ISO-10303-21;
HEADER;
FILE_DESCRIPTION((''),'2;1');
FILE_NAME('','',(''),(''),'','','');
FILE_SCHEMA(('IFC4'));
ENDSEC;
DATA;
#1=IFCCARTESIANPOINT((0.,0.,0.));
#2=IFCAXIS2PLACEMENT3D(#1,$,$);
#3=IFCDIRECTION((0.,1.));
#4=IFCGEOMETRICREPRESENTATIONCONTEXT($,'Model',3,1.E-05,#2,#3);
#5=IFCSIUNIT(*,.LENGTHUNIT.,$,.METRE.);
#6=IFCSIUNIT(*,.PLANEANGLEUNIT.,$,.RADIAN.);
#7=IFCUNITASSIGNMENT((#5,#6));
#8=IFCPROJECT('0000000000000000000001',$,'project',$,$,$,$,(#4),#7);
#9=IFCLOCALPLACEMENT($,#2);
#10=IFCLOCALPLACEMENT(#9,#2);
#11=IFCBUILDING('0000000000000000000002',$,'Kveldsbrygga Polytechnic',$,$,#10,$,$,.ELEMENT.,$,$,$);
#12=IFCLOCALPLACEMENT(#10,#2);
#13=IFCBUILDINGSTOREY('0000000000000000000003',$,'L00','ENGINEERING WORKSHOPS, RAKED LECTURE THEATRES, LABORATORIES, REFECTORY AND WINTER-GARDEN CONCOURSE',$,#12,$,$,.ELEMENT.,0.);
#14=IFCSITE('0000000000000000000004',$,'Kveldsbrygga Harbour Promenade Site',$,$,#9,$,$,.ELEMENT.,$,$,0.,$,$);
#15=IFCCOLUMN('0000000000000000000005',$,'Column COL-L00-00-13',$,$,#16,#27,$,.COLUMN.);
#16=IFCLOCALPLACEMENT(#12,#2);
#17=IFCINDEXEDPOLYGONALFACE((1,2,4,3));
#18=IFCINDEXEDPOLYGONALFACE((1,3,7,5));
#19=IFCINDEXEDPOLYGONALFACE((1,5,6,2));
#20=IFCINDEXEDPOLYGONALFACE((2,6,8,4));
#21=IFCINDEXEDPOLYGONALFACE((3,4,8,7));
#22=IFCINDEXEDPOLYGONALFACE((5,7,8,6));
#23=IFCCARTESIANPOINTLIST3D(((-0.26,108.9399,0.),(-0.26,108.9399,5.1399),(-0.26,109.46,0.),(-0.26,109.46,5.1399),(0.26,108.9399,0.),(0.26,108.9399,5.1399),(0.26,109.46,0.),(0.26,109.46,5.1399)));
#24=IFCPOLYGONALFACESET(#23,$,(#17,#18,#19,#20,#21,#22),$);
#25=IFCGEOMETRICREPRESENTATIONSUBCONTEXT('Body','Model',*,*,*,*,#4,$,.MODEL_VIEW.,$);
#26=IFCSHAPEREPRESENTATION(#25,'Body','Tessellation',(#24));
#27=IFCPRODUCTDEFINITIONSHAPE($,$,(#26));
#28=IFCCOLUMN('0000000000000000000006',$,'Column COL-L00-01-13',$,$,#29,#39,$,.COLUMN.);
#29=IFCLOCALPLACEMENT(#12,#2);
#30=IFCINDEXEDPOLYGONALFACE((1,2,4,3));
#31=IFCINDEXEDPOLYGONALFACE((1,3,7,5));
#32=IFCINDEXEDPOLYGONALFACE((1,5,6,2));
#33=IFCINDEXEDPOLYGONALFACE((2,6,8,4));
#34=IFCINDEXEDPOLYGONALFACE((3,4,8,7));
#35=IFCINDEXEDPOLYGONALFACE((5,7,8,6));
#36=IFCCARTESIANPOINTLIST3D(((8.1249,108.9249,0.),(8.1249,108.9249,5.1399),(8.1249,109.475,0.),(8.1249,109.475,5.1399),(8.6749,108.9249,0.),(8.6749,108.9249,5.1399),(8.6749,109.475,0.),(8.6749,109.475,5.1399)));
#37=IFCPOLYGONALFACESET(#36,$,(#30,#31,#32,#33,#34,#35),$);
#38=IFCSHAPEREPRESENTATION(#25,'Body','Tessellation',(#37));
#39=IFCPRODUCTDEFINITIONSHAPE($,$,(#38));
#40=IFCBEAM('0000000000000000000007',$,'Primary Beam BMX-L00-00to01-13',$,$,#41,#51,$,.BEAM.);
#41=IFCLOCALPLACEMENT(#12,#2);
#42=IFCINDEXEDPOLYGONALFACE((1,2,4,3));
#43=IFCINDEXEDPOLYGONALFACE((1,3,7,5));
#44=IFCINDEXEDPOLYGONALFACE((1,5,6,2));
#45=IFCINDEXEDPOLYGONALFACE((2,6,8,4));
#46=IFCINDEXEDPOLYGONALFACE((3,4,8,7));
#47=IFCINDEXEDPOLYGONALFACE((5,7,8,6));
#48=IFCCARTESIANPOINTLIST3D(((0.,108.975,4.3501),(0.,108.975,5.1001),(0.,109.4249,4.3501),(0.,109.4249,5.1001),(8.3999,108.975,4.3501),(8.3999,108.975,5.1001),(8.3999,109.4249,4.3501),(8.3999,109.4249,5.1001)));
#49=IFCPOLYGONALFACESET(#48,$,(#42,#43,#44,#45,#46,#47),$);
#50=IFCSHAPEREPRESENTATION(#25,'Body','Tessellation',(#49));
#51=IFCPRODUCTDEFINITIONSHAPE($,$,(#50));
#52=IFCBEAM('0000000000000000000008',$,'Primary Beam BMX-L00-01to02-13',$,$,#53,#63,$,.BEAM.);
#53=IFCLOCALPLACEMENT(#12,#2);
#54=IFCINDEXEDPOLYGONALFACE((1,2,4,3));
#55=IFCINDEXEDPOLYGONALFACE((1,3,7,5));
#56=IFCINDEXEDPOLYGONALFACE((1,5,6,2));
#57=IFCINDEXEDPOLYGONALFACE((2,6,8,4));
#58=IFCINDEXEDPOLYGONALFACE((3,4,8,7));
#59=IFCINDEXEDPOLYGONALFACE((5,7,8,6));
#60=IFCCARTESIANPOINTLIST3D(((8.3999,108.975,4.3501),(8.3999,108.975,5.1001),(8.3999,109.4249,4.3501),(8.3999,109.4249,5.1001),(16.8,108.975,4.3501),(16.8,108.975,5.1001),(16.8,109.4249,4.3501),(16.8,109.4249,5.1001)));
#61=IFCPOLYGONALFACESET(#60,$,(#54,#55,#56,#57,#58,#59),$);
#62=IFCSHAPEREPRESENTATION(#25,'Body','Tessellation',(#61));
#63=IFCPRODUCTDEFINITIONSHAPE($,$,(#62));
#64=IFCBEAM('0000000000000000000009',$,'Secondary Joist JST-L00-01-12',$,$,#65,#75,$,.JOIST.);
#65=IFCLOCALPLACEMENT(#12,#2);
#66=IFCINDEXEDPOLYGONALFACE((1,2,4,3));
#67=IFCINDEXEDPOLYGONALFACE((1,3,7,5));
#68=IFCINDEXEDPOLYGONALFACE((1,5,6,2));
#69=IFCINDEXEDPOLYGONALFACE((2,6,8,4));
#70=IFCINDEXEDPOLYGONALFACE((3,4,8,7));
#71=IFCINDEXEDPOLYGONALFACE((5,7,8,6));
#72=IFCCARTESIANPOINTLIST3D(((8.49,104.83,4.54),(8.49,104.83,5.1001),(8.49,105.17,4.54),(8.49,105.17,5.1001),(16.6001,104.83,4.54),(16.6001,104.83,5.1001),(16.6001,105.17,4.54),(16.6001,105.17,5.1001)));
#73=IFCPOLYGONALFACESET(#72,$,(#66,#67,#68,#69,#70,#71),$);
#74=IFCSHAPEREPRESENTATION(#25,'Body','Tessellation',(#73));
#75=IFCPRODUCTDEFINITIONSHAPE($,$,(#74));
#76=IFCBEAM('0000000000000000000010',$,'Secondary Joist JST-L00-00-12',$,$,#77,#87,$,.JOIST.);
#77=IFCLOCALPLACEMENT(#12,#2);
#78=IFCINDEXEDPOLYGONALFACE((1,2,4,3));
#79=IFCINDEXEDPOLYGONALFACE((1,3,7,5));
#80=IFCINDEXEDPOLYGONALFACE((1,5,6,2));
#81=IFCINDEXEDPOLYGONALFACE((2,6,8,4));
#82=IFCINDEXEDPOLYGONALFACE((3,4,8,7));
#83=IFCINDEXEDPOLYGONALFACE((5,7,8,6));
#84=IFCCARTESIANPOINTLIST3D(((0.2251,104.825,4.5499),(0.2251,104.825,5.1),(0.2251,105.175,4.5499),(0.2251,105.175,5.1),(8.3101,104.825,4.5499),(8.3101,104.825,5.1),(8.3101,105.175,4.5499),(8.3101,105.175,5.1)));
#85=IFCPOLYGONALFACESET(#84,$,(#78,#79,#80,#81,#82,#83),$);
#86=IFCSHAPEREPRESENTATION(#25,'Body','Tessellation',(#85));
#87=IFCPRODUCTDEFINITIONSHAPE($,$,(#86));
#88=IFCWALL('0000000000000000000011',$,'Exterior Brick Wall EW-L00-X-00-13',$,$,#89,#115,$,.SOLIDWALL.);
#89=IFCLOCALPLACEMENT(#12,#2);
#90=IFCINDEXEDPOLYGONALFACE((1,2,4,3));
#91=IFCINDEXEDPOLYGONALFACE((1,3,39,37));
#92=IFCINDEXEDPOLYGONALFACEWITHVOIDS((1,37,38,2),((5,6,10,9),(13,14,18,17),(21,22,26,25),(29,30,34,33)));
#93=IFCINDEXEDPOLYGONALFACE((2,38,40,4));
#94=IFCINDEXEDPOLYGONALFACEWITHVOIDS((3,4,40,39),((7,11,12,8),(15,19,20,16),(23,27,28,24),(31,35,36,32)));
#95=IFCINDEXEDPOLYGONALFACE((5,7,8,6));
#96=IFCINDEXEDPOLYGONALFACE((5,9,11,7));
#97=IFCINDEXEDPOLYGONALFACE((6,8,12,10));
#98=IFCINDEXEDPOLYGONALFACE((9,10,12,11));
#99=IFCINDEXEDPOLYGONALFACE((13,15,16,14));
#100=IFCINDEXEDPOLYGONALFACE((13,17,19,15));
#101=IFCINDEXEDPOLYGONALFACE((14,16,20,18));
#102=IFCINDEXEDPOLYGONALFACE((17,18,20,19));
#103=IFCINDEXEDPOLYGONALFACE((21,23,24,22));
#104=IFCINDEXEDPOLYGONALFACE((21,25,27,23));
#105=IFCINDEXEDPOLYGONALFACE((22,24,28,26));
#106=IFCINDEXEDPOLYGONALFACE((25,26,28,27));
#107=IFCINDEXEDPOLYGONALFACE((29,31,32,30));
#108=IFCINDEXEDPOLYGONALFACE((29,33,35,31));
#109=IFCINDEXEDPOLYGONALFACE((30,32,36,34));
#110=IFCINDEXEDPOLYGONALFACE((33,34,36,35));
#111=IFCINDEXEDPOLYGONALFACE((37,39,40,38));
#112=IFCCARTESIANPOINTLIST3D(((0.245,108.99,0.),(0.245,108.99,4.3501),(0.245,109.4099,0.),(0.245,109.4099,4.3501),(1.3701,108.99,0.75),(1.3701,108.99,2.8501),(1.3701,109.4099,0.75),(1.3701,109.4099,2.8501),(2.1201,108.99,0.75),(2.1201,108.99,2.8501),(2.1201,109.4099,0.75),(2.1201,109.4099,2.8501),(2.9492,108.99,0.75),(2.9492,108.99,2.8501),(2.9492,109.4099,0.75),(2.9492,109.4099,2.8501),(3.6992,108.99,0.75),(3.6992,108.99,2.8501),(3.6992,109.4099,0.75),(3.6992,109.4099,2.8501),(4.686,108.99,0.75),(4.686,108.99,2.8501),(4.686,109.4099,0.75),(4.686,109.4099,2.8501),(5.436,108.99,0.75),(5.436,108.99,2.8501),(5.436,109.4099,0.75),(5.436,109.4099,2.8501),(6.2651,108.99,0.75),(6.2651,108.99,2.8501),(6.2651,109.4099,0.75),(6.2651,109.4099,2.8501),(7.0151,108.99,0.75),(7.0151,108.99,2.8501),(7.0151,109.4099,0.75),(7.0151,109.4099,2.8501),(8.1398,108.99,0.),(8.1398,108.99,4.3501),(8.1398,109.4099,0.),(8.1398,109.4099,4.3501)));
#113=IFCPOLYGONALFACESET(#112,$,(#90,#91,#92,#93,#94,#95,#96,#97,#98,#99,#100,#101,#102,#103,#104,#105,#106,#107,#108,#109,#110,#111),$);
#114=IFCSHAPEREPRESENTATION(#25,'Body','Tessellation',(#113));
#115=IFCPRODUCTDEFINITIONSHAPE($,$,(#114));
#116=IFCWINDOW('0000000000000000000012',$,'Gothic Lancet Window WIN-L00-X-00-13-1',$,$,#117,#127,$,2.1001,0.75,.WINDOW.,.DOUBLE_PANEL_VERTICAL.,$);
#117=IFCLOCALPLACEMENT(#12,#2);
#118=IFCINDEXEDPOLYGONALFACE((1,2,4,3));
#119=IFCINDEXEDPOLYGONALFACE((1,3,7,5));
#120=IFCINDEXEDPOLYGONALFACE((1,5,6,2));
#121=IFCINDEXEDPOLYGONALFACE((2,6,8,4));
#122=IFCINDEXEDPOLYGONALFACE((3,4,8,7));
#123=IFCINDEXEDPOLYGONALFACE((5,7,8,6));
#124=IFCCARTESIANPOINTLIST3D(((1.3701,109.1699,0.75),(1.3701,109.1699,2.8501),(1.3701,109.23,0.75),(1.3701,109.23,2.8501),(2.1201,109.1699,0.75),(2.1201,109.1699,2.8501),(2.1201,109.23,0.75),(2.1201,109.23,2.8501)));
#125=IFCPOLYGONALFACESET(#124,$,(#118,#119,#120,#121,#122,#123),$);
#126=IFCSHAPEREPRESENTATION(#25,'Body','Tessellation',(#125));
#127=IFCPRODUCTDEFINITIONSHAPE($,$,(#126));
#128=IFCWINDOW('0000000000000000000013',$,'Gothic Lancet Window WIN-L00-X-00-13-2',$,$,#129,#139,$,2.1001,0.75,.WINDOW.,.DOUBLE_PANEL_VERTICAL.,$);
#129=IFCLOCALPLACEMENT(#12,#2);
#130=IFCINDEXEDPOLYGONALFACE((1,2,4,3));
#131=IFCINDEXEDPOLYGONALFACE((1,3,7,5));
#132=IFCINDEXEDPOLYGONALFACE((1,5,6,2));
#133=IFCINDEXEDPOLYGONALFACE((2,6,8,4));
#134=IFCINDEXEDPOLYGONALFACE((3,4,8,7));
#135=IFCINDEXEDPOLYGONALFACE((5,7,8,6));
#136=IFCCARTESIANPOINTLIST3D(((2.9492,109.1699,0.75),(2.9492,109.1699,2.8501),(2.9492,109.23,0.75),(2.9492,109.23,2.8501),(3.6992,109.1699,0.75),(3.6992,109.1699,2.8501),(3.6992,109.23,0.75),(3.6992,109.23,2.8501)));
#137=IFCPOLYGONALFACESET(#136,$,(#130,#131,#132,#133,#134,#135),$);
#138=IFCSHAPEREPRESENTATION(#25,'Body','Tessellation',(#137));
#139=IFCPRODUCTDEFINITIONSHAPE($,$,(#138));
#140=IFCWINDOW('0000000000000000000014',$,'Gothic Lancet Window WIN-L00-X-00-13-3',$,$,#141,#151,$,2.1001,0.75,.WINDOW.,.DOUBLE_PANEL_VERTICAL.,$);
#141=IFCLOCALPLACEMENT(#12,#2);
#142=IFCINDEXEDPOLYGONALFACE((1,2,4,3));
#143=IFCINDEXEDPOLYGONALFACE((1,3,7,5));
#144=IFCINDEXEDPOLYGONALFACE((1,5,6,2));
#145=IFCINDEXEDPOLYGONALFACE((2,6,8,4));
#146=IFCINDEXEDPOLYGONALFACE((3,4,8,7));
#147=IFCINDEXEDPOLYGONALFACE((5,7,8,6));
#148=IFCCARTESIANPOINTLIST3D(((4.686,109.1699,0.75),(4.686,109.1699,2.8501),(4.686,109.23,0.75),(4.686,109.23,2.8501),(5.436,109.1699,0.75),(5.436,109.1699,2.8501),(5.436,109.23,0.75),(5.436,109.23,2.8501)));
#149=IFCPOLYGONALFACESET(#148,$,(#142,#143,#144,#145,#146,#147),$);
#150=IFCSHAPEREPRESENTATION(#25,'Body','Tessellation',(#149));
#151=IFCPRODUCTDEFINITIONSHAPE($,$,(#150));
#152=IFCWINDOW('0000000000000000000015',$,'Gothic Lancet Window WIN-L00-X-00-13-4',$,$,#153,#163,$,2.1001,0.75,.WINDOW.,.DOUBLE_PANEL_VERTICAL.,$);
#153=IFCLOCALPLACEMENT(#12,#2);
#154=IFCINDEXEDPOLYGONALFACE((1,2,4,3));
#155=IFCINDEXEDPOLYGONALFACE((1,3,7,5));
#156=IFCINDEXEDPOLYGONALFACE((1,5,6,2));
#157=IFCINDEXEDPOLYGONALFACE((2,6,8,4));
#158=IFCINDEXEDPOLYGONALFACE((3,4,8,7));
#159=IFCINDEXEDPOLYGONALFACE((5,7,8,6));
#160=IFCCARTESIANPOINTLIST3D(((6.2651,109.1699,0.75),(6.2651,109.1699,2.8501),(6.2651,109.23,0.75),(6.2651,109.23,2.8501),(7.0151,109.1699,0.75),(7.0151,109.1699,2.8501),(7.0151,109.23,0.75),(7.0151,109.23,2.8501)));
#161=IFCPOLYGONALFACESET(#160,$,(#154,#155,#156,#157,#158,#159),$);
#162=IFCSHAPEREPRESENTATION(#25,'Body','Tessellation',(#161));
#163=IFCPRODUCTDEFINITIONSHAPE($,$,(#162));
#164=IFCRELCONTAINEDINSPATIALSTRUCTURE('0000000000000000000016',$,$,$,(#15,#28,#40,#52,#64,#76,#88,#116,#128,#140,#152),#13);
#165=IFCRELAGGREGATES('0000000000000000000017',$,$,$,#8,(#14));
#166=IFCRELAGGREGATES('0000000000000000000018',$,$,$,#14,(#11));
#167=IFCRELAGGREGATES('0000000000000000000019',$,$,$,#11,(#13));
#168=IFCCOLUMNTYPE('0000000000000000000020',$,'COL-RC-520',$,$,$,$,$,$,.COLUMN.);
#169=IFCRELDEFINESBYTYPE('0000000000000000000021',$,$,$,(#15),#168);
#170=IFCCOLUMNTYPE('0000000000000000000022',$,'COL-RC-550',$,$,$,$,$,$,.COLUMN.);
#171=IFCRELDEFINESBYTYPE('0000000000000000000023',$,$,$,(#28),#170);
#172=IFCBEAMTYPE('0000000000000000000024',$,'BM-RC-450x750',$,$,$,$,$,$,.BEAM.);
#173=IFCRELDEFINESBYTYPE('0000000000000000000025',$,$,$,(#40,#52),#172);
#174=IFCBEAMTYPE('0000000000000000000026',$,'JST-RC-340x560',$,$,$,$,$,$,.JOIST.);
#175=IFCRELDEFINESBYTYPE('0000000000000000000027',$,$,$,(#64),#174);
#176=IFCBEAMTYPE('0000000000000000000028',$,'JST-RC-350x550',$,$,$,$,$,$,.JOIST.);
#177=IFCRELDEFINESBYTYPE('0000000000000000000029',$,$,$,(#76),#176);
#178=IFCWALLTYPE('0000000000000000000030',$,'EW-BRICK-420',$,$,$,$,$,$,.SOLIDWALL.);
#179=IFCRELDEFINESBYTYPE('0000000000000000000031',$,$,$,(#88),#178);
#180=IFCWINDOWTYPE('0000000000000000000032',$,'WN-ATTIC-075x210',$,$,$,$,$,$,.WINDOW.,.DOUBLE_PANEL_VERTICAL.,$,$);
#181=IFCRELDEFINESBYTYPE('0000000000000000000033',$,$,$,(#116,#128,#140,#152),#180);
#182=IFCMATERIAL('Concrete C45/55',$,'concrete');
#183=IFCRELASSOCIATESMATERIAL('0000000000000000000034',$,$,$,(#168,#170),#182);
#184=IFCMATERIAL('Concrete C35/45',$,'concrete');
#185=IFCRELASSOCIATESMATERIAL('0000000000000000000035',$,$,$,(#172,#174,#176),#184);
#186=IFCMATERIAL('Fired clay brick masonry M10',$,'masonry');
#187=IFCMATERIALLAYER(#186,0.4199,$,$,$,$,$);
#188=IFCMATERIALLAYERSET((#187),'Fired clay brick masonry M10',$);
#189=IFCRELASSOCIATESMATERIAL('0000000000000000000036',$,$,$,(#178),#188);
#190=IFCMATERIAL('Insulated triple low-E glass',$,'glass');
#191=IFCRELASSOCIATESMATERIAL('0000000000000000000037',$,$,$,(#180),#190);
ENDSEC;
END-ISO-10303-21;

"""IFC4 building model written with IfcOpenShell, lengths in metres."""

from ifc_helpers import new_model, si_unit, direction, frame, frame_2d, origin, origin_2d, place, context, subcontext, project, spatial, rectangle, extrude, material, layer, layer_set, material_profile, profile_set, type_object, element, fill, save


model = new_model("IFC4")

# Units and contexts
model_context = context("Model", 3, precision=1e-05, world=origin(), true_north=direction((0.0, 1.0)))
body_context = subcontext(model_context, "Body", "Model", "MODEL_VIEW")
ifc_project = project(units=[si_unit("LENGTHUNIT", "METRE"), si_unit("PLANEANGLEUNIT", "RADIAN")], contexts=[model_context])

# Site, building, storey
site_placement = place(None, origin())
site = spatial("IfcSite", under=ifc_project, at=site_placement, Name="Kveldsbrygga Harbour Promenade Site", CompositionType="ELEMENT", RefElevation=0.0)
building_placement = place(site_placement, origin())
building = spatial("IfcBuilding", under=site, at=building_placement, Name="Kveldsbrygga Polytechnic", CompositionType="ELEMENT")
storey_placement = place(building_placement, origin())
storey = spatial("IfcBuildingStorey", under=building, at=storey_placement, Name="L00", Description="ENGINEERING WORKSHOPS, RAKED LECTURE THEATRES, LABORATORIES, REFECTORY AND WINTER-GARDEN CONCOURSE", CompositionType="ELEMENT", Elevation=0.0)

# Columns
ifc_material_1 = material(Name="Concrete C45/55", Category="concrete")
ifc_material_profile_1 = material_profile(ifc_material_1, rectangle(XDim=0.52, YDim=0.52, at=origin_2d()), Name="RC 520x520")
ifc_profile_set_1 = profile_set([ifc_material_profile_1], Name="Concrete C45/55")
column_type_1 = type_object("IfcColumnType", Name="COL-RC-520", PredefinedType="COLUMN", material=ifc_profile_set_1)
column_1_placement = place(storey_placement, frame((0.0, 109.2, 0.0), z_axis=(0.0, 0.0, 1.0), x_axis=(1.0, 0.0, 0.0)))
element("IfcColumn", 1, at=column_1_placement, inside=storey, type_object=column_type_1, Name="Column COL-L00-00-13", PredefinedType="COLUMN", context=body_context, shape_type="SweptSolid", body=[
    extrude(rectangle(XDim=0.52, YDim=0.52, at=origin_2d()), origin(), (0.0, 0.0, 1.0), 5.1399),
])
ifc_material_profile_2 = material_profile(ifc_material_1, rectangle(XDim=0.55, YDim=0.55, at=origin_2d()), Name="RC 550x550")
ifc_profile_set_2 = profile_set([ifc_material_profile_2], Name="Concrete C45/55")
column_type_2 = type_object("IfcColumnType", Name="COL-RC-550", PredefinedType="COLUMN", material=ifc_profile_set_2)
column_2_placement = place(storey_placement, frame((8.3999, 109.2, 0.0), z_axis=(0.0, 0.0, 1.0), x_axis=(1.0, 0.0, 0.0)))
element("IfcColumn", 2, at=column_2_placement, inside=storey, type_object=column_type_2, Name="Column COL-L00-01-13", PredefinedType="COLUMN", context=body_context, shape_type="SweptSolid", body=[
    extrude(rectangle(XDim=0.55, YDim=0.55, at=origin_2d()), origin(), (0.0, 0.0, 1.0), 5.1399),
])

# Beams
ifc_material_2 = material(Name="Concrete C35/45", Category="concrete")
ifc_material_profile_3 = material_profile(ifc_material_2, rectangle(XDim=0.45, YDim=0.75, at=origin_2d()), Name="RC 450x750")
ifc_profile_set_3 = profile_set([ifc_material_profile_3], Name="Concrete C35/45")
beam_type_1 = type_object("IfcBeamType", Name="BM-RC-450x750", PredefinedType="BEAM", material=ifc_profile_set_3)
beam_1_placement = place(storey_placement, frame((0.0, 109.2, 4.7251), z_axis=(1.0, 0.0, 0.0), x_axis=(0.0, 1.0, 0.0)))
element("IfcBeam", 3, at=beam_1_placement, inside=storey, type_object=beam_type_1, Name="Primary Beam BMX-L00-00to01-13", PredefinedType="BEAM", context=body_context, shape_type="SweptSolid", body=[
    extrude(rectangle(XDim=0.45, YDim=0.75, at=origin_2d()), origin(), (0.0, 0.0, 1.0), 8.3999),
])
beam_2_placement = place(storey_placement, frame((8.3999, 109.2, 4.7251), z_axis=(1.0, 0.0, 0.0), x_axis=(0.0, 1.0, 0.0)))
element("IfcBeam", 4, at=beam_2_placement, inside=storey, type_object=beam_type_1, Name="Primary Beam BMX-L00-01to02-13", PredefinedType="BEAM", context=body_context, shape_type="SweptSolid", body=[
    extrude(rectangle(XDim=0.45, YDim=0.75, at=origin_2d()), origin(), (0.0, 0.0, 1.0), 8.4001),
])
ifc_material_profile_4 = material_profile(ifc_material_2, rectangle(XDim=0.3401, YDim=0.5601, at=origin_2d()), Name="RC 340x560")
ifc_profile_set_4 = profile_set([ifc_material_profile_4], Name="Concrete C35/45")
beam_type_2 = type_object("IfcBeamType", Name="JST-RC-340x560", PredefinedType="JOIST", material=ifc_profile_set_4)
beam_3_placement = place(storey_placement, frame((8.49, 105.0, 4.8201), z_axis=(1.0, 0.0, 0.0), x_axis=(0.0, 1.0, 0.0)))
element("IfcBeam", 5, at=beam_3_placement, inside=storey, type_object=beam_type_2, Name="Secondary Joist JST-L00-01-12", PredefinedType="JOIST", context=body_context, shape_type="SweptSolid", body=[
    extrude(rectangle(XDim=0.3401, YDim=0.5601, at=origin_2d()), origin(), (0.0, 0.0, 1.0), 8.1101),
])
ifc_material_profile_5 = material_profile(ifc_material_2, rectangle(XDim=0.3501, YDim=0.55, at=origin_2d()), Name="RC 350x550")
ifc_profile_set_5 = profile_set([ifc_material_profile_5], Name="Concrete C35/45")
beam_type_3 = type_object("IfcBeamType", Name="JST-RC-350x550", PredefinedType="JOIST", material=ifc_profile_set_5)
beam_4_placement = place(storey_placement, frame((0.2251, 105.0, 4.825), z_axis=(1.0, 0.0, 0.0), x_axis=(0.0, 1.0, 0.0)))
element("IfcBeam", 6, at=beam_4_placement, inside=storey, type_object=beam_type_3, Name="Secondary Joist JST-L00-00-12", PredefinedType="JOIST", context=body_context, shape_type="SweptSolid", body=[
    extrude(rectangle(XDim=0.3501, YDim=0.55, at=origin_2d()), origin(), (0.0, 0.0, 1.0), 8.085),
])

# Wall, openings, windows
ifc_material_3 = material(Name="Fired clay brick masonry M10", Category="masonry")
ifc_layer_1 = layer(ifc_material_3, 0.4199)
ifc_layer_set_1 = layer_set([ifc_layer_1], Name="Fired clay brick masonry M10")
wall_type_1 = type_object("IfcWallType", Name="EW-BRICK-420", PredefinedType="SOLIDWALL", material=ifc_layer_set_1)
wall_1_placement = place(storey_placement, frame((0.2451, 109.2, 0.0), z_axis=(0.0, 0.0, 1.0), x_axis=(1.0, 0.0, 0.0)))
wall_1 = element("IfcWall", 7, at=wall_1_placement, inside=storey, type_object=wall_type_1, Name="Exterior Brick Wall EW-L00-X-00-13", PredefinedType="SOLIDWALL", context=body_context, shape_type="SweptSolid", body=[
    extrude(rectangle(XDim=7.8948, YDim=0.4199, at=frame_2d((3.9473, 0.0))), origin(), (0.0, 0.0, 1.0), 4.3501),
])
opening_1_placement = place(wall_1_placement, frame((1.125, 0.0, 0.75)))
opening_1 = element("IfcOpeningElement", 8, at=opening_1_placement, cuts=wall_1, PredefinedType="OPENING", context=body_context, shape_type="SweptSolid", body=[
    extrude(rectangle(XDim=0.75, YDim=2.1001, at=frame_2d((0.375, 1.05))), frame((0.0, 0.22, 0.0), z_axis=(0.0, -1.0, 0.0), x_axis=(1.0, 0.0, 0.0)), (0.0, 0.0, 1.0), 0.4399),
])
opening_2_placement = place(wall_1_placement, frame((2.7041, 0.0, 0.75)))
opening_2 = element("IfcOpeningElement", 9, at=opening_2_placement, cuts=wall_1, PredefinedType="OPENING", context=body_context, shape_type="SweptSolid", body=[
    extrude(rectangle(XDim=0.75, YDim=2.1001, at=frame_2d((0.375, 1.05))), frame((0.0, 0.22, 0.0), z_axis=(0.0, -1.0, 0.0), x_axis=(1.0, 0.0, 0.0)), (0.0, 0.0, 1.0), 0.4399),
])
opening_3_placement = place(wall_1_placement, frame((4.4409, 0.0, 0.75)))
opening_3 = element("IfcOpeningElement", 10, at=opening_3_placement, cuts=wall_1, PredefinedType="OPENING", context=body_context, shape_type="SweptSolid", body=[
    extrude(rectangle(XDim=0.75, YDim=2.1001, at=frame_2d((0.375, 1.05))), frame((0.0, 0.22, 0.0), z_axis=(0.0, -1.0, 0.0), x_axis=(1.0, 0.0, 0.0)), (0.0, 0.0, 1.0), 0.4399),
])
opening_4_placement = place(wall_1_placement, frame((6.02, 0.0, 0.75)))
opening_4 = element("IfcOpeningElement", 11, at=opening_4_placement, cuts=wall_1, PredefinedType="OPENING", context=body_context, shape_type="SweptSolid", body=[
    extrude(rectangle(XDim=0.75, YDim=2.1001, at=frame_2d((0.375, 1.05))), frame((0.0, 0.22, 0.0), z_axis=(0.0, -1.0, 0.0), x_axis=(1.0, 0.0, 0.0)), (0.0, 0.0, 1.0), 0.4399),
])
ifc_material_4 = material(Name="Insulated triple low-E glass", Category="glass")
window_type = type_object("IfcWindowType", Name="WN-ATTIC-075x210", PartitioningType="DOUBLE_PANEL_VERTICAL", PredefinedType="WINDOW", material=ifc_material_4)
window_1_placement = place(opening_1_placement, origin())
window_1 = element("IfcWindow", 12, at=window_1_placement, inside=storey, type_object=window_type, Name="Gothic Lancet Window WIN-L00-X-00-13-1", OverallHeight=2.1001, OverallWidth=0.75, PartitioningType="DOUBLE_PANEL_VERTICAL", PredefinedType="WINDOW", context=body_context, shape_type="SweptSolid", body=[
    extrude(rectangle(XDim=0.75, YDim=2.1001, at=frame_2d((0.375, 1.05))), frame((0.0, 0.03, 0.0), z_axis=(0.0, -1.0, 0.0), x_axis=(1.0, 0.0, 0.0)), (0.0, 0.0, 1.0), 0.0601),
])
fill(opening_1, window_1)
window_2_placement = place(opening_2_placement, origin())
window_2 = element("IfcWindow", 13, at=window_2_placement, inside=storey, type_object=window_type, Name="Gothic Lancet Window WIN-L00-X-00-13-2", OverallHeight=2.1001, OverallWidth=0.75, PartitioningType="DOUBLE_PANEL_VERTICAL", PredefinedType="WINDOW", context=body_context, shape_type="SweptSolid", body=[
    extrude(rectangle(XDim=0.75, YDim=2.1001, at=frame_2d((0.375, 1.05))), frame((0.0, 0.03, 0.0), z_axis=(0.0, -1.0, 0.0), x_axis=(1.0, 0.0, 0.0)), (0.0, 0.0, 1.0), 0.0601),
])
fill(opening_2, window_2)
window_3_placement = place(opening_3_placement, origin())
window_3 = element("IfcWindow", 14, at=window_3_placement, inside=storey, type_object=window_type, Name="Gothic Lancet Window WIN-L00-X-00-13-3", OverallHeight=2.1001, OverallWidth=0.75, PartitioningType="DOUBLE_PANEL_VERTICAL", PredefinedType="WINDOW", context=body_context, shape_type="SweptSolid", body=[
    extrude(rectangle(XDim=0.75, YDim=2.1001, at=frame_2d((0.375, 1.05))), frame((0.0, 0.03, 0.0), z_axis=(0.0, -1.0, 0.0), x_axis=(1.0, 0.0, 0.0)), (0.0, 0.0, 1.0), 0.0601),
])
fill(opening_3, window_3)
window_4_placement = place(opening_4_placement, origin())
window_4 = element("IfcWindow", 15, at=window_4_placement, inside=storey, type_object=window_type, Name="Gothic Lancet Window WIN-L00-X-00-13-4", OverallHeight=2.1001, OverallWidth=0.75, PartitioningType="DOUBLE_PANEL_VERTICAL", PredefinedType="WINDOW", context=body_context, shape_type="SweptSolid", body=[
    extrude(rectangle(XDim=0.75, YDim=2.1001, at=frame_2d((0.375, 1.05))), frame((0.0, 0.03, 0.0), z_axis=(0.0, -1.0, 0.0), x_axis=(1.0, 0.0, 0.0)), (0.0, 0.0, 1.0), 0.0601),
])
fill(opening_4, window_4)

save(model, "model.ifc")
